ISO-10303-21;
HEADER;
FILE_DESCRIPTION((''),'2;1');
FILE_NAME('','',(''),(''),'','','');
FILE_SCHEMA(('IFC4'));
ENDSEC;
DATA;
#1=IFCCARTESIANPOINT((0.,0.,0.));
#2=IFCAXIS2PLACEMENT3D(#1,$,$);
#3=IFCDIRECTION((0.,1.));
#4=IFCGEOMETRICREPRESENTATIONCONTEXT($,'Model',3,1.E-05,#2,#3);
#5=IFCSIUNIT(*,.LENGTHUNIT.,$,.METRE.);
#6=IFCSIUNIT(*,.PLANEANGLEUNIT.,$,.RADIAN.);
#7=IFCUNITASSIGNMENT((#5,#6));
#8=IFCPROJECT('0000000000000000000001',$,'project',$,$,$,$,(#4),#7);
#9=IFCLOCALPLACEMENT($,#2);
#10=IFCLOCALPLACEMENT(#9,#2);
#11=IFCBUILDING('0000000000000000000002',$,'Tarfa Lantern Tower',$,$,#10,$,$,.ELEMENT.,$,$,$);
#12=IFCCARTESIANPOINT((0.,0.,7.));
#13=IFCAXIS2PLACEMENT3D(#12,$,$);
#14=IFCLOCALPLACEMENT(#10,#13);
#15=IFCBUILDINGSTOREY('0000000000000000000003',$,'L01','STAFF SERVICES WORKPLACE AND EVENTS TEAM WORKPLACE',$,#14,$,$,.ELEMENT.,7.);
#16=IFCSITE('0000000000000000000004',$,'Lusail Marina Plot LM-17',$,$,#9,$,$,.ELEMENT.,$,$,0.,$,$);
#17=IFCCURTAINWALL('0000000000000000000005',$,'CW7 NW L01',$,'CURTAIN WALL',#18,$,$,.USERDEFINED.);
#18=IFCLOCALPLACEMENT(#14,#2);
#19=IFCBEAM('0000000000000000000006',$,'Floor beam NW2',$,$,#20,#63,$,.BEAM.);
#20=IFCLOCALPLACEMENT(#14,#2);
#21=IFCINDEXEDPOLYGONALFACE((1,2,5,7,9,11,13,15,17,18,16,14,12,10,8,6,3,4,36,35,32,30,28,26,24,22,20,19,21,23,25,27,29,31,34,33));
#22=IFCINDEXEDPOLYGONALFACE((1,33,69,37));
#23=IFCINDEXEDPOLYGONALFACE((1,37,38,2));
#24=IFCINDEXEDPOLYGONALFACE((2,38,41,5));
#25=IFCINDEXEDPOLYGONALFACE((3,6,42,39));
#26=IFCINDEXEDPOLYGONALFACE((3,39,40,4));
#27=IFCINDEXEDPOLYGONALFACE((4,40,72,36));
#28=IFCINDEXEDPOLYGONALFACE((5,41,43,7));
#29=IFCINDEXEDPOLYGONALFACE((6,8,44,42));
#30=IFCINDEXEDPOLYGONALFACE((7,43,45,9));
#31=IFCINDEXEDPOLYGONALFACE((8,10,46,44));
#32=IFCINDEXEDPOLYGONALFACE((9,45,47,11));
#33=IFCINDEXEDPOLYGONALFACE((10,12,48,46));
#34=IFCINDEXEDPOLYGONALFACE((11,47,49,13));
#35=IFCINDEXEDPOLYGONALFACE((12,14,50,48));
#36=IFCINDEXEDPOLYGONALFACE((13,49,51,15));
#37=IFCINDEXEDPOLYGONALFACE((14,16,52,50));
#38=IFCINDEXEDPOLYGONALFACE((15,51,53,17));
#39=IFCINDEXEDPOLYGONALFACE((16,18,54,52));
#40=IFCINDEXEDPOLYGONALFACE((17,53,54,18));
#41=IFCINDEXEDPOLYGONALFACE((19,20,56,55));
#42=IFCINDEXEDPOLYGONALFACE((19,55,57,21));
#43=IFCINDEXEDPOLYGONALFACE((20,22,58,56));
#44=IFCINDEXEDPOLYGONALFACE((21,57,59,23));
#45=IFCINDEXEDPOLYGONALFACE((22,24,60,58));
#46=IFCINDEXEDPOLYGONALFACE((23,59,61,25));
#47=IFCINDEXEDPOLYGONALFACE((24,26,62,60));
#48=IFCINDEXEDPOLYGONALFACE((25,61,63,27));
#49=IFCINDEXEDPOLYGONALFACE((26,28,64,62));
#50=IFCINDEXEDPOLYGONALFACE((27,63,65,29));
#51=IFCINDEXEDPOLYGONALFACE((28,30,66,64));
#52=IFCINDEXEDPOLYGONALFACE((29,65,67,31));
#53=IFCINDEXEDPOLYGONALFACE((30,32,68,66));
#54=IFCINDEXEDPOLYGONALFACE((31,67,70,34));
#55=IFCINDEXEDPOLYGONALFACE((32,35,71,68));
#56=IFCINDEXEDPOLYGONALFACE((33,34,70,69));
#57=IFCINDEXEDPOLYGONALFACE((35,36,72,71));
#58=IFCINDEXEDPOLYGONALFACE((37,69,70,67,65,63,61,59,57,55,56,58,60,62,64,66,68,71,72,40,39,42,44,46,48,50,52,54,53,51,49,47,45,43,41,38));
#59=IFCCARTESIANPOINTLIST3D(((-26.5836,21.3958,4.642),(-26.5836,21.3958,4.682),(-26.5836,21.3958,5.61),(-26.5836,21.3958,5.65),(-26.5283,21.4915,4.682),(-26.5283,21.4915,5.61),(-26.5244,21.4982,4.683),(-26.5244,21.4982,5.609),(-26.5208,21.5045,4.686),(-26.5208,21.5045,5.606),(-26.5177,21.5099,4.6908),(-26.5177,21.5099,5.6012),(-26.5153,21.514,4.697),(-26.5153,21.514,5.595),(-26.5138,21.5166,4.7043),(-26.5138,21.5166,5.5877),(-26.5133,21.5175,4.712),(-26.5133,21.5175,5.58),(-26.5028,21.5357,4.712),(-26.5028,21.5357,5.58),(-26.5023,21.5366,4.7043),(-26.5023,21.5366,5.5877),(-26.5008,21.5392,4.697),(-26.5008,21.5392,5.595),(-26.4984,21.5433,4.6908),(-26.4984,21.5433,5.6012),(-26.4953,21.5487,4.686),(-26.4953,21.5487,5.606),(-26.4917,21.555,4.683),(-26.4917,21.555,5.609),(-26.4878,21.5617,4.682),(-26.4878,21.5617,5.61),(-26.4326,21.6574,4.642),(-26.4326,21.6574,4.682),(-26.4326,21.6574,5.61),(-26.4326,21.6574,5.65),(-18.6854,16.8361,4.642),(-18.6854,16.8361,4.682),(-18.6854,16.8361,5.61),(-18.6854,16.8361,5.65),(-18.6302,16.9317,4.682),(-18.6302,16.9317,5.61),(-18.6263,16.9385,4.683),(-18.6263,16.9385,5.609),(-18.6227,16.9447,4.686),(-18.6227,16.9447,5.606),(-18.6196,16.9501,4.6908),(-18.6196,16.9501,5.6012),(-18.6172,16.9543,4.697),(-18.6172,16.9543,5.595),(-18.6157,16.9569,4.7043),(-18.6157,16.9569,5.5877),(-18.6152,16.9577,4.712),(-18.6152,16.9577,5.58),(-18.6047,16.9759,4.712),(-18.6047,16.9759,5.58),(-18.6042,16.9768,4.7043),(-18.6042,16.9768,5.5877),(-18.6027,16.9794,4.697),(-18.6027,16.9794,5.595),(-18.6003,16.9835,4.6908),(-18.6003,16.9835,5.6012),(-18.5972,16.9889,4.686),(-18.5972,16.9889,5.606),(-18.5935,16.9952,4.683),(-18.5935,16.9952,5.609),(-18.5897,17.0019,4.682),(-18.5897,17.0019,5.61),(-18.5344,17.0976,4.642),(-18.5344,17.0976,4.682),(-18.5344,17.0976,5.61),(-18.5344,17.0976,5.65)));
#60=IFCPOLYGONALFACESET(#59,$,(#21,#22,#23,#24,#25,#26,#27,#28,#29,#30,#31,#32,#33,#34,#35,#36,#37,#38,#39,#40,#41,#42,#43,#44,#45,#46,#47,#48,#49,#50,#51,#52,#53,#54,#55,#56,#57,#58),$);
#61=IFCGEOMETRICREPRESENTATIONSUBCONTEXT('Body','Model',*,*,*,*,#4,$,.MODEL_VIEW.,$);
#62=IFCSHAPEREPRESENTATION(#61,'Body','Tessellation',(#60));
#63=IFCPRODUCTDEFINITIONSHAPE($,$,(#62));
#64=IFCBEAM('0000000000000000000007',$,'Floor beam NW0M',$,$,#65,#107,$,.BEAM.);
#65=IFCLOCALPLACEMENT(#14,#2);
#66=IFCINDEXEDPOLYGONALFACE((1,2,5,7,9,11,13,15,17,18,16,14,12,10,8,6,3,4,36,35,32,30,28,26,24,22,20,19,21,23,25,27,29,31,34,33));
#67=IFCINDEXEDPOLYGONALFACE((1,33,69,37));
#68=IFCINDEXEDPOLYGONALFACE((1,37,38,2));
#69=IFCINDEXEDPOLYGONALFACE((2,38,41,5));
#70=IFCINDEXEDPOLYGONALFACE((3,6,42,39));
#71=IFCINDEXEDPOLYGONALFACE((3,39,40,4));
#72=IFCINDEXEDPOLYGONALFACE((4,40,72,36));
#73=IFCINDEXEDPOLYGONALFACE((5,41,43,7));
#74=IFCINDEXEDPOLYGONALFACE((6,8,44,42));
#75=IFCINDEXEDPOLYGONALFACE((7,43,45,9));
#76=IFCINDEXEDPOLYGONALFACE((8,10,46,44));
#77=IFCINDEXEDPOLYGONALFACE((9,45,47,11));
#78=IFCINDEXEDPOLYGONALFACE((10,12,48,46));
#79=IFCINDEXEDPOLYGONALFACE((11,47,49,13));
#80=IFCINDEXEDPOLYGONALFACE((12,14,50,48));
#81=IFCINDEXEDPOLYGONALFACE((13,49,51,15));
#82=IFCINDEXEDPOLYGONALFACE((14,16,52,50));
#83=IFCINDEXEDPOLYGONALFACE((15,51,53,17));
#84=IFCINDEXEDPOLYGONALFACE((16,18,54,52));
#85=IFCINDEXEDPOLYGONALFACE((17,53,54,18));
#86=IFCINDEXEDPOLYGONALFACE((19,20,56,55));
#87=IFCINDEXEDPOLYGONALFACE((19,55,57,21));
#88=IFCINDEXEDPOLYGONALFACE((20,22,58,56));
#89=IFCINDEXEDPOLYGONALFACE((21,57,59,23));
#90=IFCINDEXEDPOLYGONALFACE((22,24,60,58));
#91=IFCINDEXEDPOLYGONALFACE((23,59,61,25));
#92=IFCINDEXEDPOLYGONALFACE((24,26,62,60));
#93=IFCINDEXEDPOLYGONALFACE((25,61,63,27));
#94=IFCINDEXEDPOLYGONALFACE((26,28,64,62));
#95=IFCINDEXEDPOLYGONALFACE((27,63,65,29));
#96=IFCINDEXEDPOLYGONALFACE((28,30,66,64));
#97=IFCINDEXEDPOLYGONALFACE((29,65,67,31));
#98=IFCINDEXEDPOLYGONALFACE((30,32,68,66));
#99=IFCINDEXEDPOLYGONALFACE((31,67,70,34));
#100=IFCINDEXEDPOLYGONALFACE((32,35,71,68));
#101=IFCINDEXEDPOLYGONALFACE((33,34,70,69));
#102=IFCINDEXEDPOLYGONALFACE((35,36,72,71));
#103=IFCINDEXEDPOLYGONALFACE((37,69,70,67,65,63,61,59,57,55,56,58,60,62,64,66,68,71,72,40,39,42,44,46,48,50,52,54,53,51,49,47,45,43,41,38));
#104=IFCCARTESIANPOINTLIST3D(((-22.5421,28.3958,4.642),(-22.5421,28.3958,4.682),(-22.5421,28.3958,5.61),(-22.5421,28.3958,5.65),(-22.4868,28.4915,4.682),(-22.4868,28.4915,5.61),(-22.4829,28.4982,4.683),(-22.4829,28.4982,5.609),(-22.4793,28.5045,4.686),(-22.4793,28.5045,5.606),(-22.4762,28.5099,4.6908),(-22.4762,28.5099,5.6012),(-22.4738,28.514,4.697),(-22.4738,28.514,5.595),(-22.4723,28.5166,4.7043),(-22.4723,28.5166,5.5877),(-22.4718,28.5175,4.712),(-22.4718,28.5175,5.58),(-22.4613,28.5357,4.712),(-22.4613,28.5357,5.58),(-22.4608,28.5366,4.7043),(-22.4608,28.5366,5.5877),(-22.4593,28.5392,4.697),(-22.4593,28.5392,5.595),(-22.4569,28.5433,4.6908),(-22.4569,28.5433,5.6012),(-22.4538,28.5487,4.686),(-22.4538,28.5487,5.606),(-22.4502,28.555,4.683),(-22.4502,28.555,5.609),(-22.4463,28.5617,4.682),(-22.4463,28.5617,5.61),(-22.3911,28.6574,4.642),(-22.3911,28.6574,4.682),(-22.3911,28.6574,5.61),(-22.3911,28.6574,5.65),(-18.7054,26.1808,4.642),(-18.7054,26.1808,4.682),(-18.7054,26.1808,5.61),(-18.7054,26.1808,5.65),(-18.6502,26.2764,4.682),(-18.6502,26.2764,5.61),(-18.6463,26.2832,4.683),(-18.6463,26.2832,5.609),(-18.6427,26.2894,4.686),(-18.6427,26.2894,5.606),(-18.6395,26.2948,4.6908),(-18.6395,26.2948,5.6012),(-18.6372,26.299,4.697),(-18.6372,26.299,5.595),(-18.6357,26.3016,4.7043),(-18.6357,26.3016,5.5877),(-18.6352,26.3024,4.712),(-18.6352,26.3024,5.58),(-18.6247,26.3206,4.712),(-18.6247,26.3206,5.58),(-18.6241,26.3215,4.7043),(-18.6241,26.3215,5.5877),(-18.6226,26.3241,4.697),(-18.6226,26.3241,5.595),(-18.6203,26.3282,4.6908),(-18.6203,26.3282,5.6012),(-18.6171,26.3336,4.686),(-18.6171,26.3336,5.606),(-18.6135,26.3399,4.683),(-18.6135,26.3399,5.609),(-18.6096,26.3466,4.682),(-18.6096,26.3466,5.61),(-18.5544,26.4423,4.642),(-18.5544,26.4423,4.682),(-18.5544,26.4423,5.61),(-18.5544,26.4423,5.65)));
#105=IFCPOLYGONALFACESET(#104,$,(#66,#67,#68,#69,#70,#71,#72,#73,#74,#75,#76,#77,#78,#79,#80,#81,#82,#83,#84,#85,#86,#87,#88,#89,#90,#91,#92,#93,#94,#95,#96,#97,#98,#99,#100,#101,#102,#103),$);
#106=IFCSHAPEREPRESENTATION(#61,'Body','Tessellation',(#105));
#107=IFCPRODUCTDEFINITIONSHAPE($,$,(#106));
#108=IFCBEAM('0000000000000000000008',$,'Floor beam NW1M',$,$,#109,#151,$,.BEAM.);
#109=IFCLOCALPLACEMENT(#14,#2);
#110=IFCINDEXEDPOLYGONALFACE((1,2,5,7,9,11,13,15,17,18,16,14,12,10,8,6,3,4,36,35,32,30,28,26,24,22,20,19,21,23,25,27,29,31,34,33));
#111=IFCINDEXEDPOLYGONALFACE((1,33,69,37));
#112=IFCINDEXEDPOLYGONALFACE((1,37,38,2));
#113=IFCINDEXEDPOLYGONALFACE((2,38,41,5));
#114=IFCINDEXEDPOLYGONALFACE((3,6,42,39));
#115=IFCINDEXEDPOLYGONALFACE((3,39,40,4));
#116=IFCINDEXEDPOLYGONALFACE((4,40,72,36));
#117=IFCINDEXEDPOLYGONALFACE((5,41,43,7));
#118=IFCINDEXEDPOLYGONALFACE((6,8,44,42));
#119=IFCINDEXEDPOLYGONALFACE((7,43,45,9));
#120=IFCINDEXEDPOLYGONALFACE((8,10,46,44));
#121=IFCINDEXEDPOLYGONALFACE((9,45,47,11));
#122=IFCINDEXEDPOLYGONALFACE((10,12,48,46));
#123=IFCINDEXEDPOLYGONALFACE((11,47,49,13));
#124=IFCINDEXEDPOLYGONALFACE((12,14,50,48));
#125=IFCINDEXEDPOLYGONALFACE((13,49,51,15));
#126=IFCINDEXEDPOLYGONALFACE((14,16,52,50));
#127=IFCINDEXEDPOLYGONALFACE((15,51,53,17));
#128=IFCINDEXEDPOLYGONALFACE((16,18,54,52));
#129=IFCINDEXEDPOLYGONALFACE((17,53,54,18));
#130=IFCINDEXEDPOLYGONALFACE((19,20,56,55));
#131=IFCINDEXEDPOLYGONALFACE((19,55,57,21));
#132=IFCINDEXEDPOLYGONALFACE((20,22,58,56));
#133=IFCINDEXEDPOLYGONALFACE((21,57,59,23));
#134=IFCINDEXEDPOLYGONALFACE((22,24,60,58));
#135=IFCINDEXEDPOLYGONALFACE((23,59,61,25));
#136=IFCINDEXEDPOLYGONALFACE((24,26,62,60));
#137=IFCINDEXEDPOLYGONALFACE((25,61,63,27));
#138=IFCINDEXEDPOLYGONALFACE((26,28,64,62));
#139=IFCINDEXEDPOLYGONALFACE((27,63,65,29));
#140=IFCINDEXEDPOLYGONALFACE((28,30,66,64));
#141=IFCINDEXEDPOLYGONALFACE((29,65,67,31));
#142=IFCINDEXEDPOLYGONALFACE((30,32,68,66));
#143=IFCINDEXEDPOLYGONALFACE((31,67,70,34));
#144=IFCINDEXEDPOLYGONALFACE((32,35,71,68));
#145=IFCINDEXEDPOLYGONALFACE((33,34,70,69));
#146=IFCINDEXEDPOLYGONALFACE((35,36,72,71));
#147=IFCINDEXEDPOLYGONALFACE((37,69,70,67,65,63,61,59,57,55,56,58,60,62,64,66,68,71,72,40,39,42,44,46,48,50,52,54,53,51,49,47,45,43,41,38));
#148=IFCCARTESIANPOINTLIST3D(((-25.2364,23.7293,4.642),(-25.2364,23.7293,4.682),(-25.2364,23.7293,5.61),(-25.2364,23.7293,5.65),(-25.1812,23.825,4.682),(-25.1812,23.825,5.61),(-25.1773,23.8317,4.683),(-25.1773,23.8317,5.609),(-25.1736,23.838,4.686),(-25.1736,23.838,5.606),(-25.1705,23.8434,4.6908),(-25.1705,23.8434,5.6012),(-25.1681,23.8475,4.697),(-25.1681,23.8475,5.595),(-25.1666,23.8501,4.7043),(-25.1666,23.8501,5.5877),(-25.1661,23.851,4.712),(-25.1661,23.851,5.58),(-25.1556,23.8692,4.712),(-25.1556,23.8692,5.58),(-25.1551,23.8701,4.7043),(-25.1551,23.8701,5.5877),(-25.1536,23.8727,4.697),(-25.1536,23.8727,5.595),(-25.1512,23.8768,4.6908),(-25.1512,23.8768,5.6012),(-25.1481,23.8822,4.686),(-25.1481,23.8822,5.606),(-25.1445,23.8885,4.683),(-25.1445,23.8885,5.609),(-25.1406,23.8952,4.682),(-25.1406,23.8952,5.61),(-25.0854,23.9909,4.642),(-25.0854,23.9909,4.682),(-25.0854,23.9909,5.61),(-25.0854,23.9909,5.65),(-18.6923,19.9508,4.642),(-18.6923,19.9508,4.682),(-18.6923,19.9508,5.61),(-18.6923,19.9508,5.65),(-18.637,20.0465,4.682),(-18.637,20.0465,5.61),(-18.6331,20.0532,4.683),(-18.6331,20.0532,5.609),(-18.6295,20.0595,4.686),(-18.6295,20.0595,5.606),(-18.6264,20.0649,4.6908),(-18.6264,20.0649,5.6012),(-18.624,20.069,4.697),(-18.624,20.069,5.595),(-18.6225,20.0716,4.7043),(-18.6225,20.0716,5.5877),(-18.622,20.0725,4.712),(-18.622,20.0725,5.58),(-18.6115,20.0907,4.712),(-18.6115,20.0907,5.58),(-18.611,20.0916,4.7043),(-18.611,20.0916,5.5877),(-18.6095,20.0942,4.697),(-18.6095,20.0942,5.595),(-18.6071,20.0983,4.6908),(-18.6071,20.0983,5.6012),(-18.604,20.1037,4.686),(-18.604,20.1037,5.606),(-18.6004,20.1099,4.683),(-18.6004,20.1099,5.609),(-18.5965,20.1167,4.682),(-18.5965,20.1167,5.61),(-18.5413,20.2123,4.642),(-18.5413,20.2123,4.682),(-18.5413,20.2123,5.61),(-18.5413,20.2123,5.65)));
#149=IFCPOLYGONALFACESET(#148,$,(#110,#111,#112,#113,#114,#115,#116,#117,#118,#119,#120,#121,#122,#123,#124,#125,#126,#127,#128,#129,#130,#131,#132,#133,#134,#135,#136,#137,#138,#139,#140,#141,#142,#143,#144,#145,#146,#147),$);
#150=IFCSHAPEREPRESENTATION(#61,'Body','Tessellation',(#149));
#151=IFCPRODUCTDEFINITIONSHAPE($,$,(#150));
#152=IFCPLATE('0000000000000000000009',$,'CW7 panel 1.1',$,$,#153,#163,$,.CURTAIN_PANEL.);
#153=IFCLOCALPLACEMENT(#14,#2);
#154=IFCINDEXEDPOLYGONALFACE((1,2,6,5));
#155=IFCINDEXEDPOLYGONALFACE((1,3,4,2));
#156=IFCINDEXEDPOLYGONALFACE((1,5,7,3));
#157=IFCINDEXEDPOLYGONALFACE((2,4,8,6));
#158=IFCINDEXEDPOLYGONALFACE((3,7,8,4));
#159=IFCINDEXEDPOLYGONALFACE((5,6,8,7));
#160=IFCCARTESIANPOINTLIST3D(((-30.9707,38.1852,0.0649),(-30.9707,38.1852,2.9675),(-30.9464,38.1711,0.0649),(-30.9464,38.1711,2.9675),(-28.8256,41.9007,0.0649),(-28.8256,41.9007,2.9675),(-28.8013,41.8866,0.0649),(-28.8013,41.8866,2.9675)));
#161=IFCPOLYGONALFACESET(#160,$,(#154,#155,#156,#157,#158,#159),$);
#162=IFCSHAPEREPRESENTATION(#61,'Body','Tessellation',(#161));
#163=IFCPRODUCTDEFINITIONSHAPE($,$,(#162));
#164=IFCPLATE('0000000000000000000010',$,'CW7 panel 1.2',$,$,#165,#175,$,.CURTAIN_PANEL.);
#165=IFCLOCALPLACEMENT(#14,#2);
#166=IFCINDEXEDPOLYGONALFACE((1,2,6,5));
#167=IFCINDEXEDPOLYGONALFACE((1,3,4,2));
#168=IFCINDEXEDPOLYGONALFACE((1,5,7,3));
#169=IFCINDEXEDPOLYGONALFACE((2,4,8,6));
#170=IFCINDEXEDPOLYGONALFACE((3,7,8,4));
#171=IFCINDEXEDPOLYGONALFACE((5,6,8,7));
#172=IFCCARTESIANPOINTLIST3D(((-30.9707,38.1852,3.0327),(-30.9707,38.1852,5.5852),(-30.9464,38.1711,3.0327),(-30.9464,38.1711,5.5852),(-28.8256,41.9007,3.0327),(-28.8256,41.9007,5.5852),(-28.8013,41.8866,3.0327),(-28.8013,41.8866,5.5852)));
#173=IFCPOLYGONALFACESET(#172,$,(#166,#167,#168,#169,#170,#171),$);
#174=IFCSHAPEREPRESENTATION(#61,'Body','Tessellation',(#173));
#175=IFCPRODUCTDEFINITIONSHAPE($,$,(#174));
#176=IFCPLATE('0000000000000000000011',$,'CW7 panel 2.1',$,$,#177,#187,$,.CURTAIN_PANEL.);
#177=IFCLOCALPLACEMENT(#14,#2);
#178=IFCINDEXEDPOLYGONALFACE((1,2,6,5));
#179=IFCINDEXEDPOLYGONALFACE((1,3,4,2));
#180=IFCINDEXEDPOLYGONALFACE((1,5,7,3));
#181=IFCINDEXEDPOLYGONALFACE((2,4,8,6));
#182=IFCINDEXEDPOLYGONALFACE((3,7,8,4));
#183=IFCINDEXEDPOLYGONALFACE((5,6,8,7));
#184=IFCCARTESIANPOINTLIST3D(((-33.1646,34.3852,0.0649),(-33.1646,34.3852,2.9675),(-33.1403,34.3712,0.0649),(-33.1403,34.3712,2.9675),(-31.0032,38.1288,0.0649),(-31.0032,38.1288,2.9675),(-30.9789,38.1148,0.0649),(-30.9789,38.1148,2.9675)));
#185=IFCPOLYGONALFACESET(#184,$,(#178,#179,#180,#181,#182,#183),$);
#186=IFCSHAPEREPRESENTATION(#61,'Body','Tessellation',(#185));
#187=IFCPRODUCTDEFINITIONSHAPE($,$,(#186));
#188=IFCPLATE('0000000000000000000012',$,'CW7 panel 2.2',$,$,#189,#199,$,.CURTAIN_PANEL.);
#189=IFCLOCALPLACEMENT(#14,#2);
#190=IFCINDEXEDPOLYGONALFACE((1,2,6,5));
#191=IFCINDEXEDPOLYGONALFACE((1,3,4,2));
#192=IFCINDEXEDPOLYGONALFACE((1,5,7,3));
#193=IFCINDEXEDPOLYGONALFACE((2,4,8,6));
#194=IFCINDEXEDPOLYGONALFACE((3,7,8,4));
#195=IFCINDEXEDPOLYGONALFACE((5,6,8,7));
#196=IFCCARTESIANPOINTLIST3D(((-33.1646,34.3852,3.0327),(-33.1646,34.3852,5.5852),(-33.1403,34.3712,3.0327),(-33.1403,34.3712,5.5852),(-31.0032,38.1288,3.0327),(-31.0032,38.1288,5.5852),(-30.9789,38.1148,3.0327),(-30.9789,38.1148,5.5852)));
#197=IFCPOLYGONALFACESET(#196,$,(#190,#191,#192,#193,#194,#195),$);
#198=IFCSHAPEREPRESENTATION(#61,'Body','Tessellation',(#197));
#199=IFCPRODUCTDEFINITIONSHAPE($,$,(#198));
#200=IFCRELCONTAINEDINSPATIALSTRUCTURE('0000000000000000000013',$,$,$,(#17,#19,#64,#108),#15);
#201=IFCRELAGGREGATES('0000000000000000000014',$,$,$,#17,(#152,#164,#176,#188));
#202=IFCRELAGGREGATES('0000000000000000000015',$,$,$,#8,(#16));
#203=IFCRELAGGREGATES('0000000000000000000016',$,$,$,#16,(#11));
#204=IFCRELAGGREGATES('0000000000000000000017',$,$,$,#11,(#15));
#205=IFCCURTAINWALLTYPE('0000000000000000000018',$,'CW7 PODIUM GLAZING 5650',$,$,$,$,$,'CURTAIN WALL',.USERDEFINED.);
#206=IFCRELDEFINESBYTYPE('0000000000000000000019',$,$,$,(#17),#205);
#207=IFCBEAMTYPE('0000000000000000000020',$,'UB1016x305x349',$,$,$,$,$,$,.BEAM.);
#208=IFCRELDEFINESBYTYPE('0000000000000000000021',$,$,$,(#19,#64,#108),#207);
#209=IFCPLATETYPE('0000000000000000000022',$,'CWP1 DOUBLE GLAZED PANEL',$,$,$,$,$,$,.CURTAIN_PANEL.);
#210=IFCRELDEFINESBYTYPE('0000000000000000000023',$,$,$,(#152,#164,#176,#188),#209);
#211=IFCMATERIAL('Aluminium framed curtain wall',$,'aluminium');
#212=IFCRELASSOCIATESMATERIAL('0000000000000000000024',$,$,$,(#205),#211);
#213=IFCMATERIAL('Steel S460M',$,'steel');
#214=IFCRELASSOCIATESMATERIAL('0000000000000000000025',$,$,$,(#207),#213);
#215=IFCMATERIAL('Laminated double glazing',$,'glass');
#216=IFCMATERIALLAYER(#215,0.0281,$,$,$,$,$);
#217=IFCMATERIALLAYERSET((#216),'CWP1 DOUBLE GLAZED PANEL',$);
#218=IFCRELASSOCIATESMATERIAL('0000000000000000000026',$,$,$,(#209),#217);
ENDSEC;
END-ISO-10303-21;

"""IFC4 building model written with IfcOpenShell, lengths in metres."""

from ifc_helpers import new_model, si_unit, direction, frame, origin, origin_2d, place, context, subcontext, project, spatial, rectangle, i_section, extrude, material, layer, layer_set, material_profile, profile_set, type_object, element, aggregate, save


model = new_model("IFC4")

# Units and contexts
model_context = context("Model", 3, precision=1e-05, world=origin(), true_north=direction((0.0, 1.0)))
body_context = subcontext(model_context, "Body", "Model", "MODEL_VIEW")
ifc_project = project(units=[si_unit("LENGTHUNIT", "METRE"), si_unit("PLANEANGLEUNIT", "RADIAN")], contexts=[model_context])

# Site, building, storey
site_placement = place(None, origin())
site = spatial("IfcSite", under=ifc_project, at=site_placement, Name="Lusail Marina Plot LM-17", CompositionType="ELEMENT", RefElevation=0.0)
building_placement = place(site_placement, origin())
building = spatial("IfcBuilding", under=site, at=building_placement, Name="Tarfa Lantern Tower", CompositionType="ELEMENT")
storey_placement = place(building_placement, frame((0.0, 0.0, 7.0)))
storey = spatial("IfcBuildingStorey", under=building, at=storey_placement, Name="L01", Description="STAFF SERVICES WORKPLACE AND EVENTS TEAM WORKPLACE", CompositionType="ELEMENT", Elevation=7.0)

# Shared definitions
ifc_material_1 = material(Name="Aluminium framed curtain wall", Category="aluminium")
curtain_wall_type = type_object("IfcCurtainWallType", Name="CW7 PODIUM GLAZING 5650", ElementType="CURTAIN WALL", PredefinedType="USERDEFINED", material=ifc_material_1)

# Curtain wall
curtain_wall_1_placement = place(storey_placement, origin())
curtain_wall_1 = element("IfcCurtainWall", 1, at=curtain_wall_1_placement, inside=storey, type_object=curtain_wall_type, Name="CW7 NW L01", ObjectType="CURTAIN WALL", PredefinedType="USERDEFINED")

# Beams
ifc_material_2 = material(Name="Steel S460M", Category="steel")
ifc_material_profile_1 = material_profile(ifc_material_2, i_section(OverallWidth=0.302, OverallDepth=1.0081, WebThickness=0.021, FlangeThickness=0.04, FilletRadius=0.03, at=origin_2d()), Name="UB1016x305x349")
ifc_profile_set_1 = profile_set([ifc_material_profile_1], Name="Steel S460M")
beam_type_1 = type_object("IfcBeamType", Name="UB1016x305x349", PredefinedType="BEAM", material=ifc_profile_set_1)
beam_1_placement = place(storey_placement, frame((-26.5081, 21.5266, 5.146), z_axis=(0.866035, -0.499983, 0.0), x_axis=(0.499983, 0.866035, 0.0)))
element("IfcBeam", 2, at=beam_1_placement, inside=storey, type_object=beam_type_1, Name="Floor beam NW2", PredefinedType="BEAM", context=body_context, shape_type="SweptSolid", body=[
    extrude(i_section(OverallWidth=0.302, OverallDepth=1.0081, WebThickness=0.021, FlangeThickness=0.04, FilletRadius=0.03, at=origin_2d()), origin(), (0.0, 0.0, 1.0), 9.1199),
])
beam_2_placement = place(storey_placement, frame((-22.4666, 28.5266, 5.146), z_axis=(0.866027, -0.499998, 0.0), x_axis=(0.499998, 0.866027, 0.0)))
element("IfcBeam", 3, at=beam_2_placement, inside=storey, type_object=beam_type_1, Name="Floor beam NW0M", PredefinedType="BEAM", context=body_context, shape_type="SweptSolid", body=[
    extrude(i_section(OverallWidth=0.302, OverallDepth=1.0081, WebThickness=0.021, FlangeThickness=0.04, FilletRadius=0.03, at=origin_2d()), origin(), (0.0, 0.0, 1.0), 4.4302),
])
beam_3_placement = place(storey_placement, frame((-25.1609, 23.8601, 5.146), z_axis=(0.86601, -0.500027, 0.0), x_axis=(0.500027, 0.86601, 0.0)))
element("IfcBeam", 4, at=beam_3_placement, inside=storey, type_object=beam_type_1, Name="Floor beam NW1M", PredefinedType="BEAM", context=body_context, shape_type="SweptSolid", body=[
    extrude(i_section(OverallWidth=0.302, OverallDepth=1.0081, WebThickness=0.021, FlangeThickness=0.04, FilletRadius=0.03, at=origin_2d()), origin(), (0.0, 0.0, 1.0), 7.5566),
])

# Plates
ifc_material_3 = material(Name="Laminated double glazing", Category="glass")
ifc_layer = layer(ifc_material_3, 0.0281)
ifc_layer_set = layer_set([ifc_layer], Name="CWP1 DOUBLE GLAZED PANEL")
plate_type = type_object("IfcPlateType", Name="CWP1 DOUBLE GLAZED PANEL", PredefinedType="CURTAIN_PANEL", material=ifc_layer_set)
plate_1_placement = place(storey_placement, frame((-29.886, 40.0359, 0.0649), z_axis=(0.0, 0.0, 1.0), x_axis=(-0.5, -0.866025, 0.0)))
plate_1 = element("IfcPlate", 5, at=plate_1_placement, type_object=plate_type, Name="CW7 panel 1.1", PredefinedType="CURTAIN_PANEL", context=body_context, shape_type="SweptSolid", body=[
    extrude(rectangle(XDim=4.2903, YDim=0.0281, at=origin_2d()), origin(), (0.0, 0.0, 1.0), 2.9026),
])
plate_2_placement = place(storey_placement, frame((-29.886, 40.0359, 3.0327), z_axis=(0.0, 0.0, 1.0), x_axis=(-0.5, -0.866025, 0.0)))
plate_2 = element("IfcPlate", 6, at=plate_2_placement, type_object=plate_type, Name="CW7 panel 1.2", PredefinedType="CURTAIN_PANEL", context=body_context, shape_type="SweptSolid", body=[
    extrude(rectangle(XDim=4.2903, YDim=0.0281, at=origin_2d()), origin(), (0.0, 0.0, 1.0), 2.5525),
])
plate_3_placement = place(storey_placement, frame((-32.0718, 36.25, 0.0649), z_axis=(0.0, 0.0, 1.0), x_axis=(-0.5, -0.866025, 0.0)))
plate_3 = element("IfcPlate", 7, at=plate_3_placement, type_object=plate_type, Name="CW7 panel 2.1", PredefinedType="CURTAIN_PANEL", context=body_context, shape_type="SweptSolid", body=[
    extrude(rectangle(XDim=4.3228, YDim=0.0281, at=origin_2d()), origin(), (0.0, 0.0, 1.0), 2.9026),
])
plate_4_placement = place(storey_placement, frame((-32.0718, 36.25, 3.0327), z_axis=(0.0, 0.0, 1.0), x_axis=(-0.5, -0.866025, 0.0)))
plate_4 = element("IfcPlate", 8, at=plate_4_placement, type_object=plate_type, Name="CW7 panel 2.2", PredefinedType="CURTAIN_PANEL", context=body_context, shape_type="SweptSolid", body=[
    extrude(rectangle(XDim=4.3228, YDim=0.0281, at=origin_2d()), origin(), (0.0, 0.0, 1.0), 2.5525),
])
aggregate(curtain_wall_1, [plate_1, plate_2, plate_3, plate_4])

save(model, "model.ifc")
